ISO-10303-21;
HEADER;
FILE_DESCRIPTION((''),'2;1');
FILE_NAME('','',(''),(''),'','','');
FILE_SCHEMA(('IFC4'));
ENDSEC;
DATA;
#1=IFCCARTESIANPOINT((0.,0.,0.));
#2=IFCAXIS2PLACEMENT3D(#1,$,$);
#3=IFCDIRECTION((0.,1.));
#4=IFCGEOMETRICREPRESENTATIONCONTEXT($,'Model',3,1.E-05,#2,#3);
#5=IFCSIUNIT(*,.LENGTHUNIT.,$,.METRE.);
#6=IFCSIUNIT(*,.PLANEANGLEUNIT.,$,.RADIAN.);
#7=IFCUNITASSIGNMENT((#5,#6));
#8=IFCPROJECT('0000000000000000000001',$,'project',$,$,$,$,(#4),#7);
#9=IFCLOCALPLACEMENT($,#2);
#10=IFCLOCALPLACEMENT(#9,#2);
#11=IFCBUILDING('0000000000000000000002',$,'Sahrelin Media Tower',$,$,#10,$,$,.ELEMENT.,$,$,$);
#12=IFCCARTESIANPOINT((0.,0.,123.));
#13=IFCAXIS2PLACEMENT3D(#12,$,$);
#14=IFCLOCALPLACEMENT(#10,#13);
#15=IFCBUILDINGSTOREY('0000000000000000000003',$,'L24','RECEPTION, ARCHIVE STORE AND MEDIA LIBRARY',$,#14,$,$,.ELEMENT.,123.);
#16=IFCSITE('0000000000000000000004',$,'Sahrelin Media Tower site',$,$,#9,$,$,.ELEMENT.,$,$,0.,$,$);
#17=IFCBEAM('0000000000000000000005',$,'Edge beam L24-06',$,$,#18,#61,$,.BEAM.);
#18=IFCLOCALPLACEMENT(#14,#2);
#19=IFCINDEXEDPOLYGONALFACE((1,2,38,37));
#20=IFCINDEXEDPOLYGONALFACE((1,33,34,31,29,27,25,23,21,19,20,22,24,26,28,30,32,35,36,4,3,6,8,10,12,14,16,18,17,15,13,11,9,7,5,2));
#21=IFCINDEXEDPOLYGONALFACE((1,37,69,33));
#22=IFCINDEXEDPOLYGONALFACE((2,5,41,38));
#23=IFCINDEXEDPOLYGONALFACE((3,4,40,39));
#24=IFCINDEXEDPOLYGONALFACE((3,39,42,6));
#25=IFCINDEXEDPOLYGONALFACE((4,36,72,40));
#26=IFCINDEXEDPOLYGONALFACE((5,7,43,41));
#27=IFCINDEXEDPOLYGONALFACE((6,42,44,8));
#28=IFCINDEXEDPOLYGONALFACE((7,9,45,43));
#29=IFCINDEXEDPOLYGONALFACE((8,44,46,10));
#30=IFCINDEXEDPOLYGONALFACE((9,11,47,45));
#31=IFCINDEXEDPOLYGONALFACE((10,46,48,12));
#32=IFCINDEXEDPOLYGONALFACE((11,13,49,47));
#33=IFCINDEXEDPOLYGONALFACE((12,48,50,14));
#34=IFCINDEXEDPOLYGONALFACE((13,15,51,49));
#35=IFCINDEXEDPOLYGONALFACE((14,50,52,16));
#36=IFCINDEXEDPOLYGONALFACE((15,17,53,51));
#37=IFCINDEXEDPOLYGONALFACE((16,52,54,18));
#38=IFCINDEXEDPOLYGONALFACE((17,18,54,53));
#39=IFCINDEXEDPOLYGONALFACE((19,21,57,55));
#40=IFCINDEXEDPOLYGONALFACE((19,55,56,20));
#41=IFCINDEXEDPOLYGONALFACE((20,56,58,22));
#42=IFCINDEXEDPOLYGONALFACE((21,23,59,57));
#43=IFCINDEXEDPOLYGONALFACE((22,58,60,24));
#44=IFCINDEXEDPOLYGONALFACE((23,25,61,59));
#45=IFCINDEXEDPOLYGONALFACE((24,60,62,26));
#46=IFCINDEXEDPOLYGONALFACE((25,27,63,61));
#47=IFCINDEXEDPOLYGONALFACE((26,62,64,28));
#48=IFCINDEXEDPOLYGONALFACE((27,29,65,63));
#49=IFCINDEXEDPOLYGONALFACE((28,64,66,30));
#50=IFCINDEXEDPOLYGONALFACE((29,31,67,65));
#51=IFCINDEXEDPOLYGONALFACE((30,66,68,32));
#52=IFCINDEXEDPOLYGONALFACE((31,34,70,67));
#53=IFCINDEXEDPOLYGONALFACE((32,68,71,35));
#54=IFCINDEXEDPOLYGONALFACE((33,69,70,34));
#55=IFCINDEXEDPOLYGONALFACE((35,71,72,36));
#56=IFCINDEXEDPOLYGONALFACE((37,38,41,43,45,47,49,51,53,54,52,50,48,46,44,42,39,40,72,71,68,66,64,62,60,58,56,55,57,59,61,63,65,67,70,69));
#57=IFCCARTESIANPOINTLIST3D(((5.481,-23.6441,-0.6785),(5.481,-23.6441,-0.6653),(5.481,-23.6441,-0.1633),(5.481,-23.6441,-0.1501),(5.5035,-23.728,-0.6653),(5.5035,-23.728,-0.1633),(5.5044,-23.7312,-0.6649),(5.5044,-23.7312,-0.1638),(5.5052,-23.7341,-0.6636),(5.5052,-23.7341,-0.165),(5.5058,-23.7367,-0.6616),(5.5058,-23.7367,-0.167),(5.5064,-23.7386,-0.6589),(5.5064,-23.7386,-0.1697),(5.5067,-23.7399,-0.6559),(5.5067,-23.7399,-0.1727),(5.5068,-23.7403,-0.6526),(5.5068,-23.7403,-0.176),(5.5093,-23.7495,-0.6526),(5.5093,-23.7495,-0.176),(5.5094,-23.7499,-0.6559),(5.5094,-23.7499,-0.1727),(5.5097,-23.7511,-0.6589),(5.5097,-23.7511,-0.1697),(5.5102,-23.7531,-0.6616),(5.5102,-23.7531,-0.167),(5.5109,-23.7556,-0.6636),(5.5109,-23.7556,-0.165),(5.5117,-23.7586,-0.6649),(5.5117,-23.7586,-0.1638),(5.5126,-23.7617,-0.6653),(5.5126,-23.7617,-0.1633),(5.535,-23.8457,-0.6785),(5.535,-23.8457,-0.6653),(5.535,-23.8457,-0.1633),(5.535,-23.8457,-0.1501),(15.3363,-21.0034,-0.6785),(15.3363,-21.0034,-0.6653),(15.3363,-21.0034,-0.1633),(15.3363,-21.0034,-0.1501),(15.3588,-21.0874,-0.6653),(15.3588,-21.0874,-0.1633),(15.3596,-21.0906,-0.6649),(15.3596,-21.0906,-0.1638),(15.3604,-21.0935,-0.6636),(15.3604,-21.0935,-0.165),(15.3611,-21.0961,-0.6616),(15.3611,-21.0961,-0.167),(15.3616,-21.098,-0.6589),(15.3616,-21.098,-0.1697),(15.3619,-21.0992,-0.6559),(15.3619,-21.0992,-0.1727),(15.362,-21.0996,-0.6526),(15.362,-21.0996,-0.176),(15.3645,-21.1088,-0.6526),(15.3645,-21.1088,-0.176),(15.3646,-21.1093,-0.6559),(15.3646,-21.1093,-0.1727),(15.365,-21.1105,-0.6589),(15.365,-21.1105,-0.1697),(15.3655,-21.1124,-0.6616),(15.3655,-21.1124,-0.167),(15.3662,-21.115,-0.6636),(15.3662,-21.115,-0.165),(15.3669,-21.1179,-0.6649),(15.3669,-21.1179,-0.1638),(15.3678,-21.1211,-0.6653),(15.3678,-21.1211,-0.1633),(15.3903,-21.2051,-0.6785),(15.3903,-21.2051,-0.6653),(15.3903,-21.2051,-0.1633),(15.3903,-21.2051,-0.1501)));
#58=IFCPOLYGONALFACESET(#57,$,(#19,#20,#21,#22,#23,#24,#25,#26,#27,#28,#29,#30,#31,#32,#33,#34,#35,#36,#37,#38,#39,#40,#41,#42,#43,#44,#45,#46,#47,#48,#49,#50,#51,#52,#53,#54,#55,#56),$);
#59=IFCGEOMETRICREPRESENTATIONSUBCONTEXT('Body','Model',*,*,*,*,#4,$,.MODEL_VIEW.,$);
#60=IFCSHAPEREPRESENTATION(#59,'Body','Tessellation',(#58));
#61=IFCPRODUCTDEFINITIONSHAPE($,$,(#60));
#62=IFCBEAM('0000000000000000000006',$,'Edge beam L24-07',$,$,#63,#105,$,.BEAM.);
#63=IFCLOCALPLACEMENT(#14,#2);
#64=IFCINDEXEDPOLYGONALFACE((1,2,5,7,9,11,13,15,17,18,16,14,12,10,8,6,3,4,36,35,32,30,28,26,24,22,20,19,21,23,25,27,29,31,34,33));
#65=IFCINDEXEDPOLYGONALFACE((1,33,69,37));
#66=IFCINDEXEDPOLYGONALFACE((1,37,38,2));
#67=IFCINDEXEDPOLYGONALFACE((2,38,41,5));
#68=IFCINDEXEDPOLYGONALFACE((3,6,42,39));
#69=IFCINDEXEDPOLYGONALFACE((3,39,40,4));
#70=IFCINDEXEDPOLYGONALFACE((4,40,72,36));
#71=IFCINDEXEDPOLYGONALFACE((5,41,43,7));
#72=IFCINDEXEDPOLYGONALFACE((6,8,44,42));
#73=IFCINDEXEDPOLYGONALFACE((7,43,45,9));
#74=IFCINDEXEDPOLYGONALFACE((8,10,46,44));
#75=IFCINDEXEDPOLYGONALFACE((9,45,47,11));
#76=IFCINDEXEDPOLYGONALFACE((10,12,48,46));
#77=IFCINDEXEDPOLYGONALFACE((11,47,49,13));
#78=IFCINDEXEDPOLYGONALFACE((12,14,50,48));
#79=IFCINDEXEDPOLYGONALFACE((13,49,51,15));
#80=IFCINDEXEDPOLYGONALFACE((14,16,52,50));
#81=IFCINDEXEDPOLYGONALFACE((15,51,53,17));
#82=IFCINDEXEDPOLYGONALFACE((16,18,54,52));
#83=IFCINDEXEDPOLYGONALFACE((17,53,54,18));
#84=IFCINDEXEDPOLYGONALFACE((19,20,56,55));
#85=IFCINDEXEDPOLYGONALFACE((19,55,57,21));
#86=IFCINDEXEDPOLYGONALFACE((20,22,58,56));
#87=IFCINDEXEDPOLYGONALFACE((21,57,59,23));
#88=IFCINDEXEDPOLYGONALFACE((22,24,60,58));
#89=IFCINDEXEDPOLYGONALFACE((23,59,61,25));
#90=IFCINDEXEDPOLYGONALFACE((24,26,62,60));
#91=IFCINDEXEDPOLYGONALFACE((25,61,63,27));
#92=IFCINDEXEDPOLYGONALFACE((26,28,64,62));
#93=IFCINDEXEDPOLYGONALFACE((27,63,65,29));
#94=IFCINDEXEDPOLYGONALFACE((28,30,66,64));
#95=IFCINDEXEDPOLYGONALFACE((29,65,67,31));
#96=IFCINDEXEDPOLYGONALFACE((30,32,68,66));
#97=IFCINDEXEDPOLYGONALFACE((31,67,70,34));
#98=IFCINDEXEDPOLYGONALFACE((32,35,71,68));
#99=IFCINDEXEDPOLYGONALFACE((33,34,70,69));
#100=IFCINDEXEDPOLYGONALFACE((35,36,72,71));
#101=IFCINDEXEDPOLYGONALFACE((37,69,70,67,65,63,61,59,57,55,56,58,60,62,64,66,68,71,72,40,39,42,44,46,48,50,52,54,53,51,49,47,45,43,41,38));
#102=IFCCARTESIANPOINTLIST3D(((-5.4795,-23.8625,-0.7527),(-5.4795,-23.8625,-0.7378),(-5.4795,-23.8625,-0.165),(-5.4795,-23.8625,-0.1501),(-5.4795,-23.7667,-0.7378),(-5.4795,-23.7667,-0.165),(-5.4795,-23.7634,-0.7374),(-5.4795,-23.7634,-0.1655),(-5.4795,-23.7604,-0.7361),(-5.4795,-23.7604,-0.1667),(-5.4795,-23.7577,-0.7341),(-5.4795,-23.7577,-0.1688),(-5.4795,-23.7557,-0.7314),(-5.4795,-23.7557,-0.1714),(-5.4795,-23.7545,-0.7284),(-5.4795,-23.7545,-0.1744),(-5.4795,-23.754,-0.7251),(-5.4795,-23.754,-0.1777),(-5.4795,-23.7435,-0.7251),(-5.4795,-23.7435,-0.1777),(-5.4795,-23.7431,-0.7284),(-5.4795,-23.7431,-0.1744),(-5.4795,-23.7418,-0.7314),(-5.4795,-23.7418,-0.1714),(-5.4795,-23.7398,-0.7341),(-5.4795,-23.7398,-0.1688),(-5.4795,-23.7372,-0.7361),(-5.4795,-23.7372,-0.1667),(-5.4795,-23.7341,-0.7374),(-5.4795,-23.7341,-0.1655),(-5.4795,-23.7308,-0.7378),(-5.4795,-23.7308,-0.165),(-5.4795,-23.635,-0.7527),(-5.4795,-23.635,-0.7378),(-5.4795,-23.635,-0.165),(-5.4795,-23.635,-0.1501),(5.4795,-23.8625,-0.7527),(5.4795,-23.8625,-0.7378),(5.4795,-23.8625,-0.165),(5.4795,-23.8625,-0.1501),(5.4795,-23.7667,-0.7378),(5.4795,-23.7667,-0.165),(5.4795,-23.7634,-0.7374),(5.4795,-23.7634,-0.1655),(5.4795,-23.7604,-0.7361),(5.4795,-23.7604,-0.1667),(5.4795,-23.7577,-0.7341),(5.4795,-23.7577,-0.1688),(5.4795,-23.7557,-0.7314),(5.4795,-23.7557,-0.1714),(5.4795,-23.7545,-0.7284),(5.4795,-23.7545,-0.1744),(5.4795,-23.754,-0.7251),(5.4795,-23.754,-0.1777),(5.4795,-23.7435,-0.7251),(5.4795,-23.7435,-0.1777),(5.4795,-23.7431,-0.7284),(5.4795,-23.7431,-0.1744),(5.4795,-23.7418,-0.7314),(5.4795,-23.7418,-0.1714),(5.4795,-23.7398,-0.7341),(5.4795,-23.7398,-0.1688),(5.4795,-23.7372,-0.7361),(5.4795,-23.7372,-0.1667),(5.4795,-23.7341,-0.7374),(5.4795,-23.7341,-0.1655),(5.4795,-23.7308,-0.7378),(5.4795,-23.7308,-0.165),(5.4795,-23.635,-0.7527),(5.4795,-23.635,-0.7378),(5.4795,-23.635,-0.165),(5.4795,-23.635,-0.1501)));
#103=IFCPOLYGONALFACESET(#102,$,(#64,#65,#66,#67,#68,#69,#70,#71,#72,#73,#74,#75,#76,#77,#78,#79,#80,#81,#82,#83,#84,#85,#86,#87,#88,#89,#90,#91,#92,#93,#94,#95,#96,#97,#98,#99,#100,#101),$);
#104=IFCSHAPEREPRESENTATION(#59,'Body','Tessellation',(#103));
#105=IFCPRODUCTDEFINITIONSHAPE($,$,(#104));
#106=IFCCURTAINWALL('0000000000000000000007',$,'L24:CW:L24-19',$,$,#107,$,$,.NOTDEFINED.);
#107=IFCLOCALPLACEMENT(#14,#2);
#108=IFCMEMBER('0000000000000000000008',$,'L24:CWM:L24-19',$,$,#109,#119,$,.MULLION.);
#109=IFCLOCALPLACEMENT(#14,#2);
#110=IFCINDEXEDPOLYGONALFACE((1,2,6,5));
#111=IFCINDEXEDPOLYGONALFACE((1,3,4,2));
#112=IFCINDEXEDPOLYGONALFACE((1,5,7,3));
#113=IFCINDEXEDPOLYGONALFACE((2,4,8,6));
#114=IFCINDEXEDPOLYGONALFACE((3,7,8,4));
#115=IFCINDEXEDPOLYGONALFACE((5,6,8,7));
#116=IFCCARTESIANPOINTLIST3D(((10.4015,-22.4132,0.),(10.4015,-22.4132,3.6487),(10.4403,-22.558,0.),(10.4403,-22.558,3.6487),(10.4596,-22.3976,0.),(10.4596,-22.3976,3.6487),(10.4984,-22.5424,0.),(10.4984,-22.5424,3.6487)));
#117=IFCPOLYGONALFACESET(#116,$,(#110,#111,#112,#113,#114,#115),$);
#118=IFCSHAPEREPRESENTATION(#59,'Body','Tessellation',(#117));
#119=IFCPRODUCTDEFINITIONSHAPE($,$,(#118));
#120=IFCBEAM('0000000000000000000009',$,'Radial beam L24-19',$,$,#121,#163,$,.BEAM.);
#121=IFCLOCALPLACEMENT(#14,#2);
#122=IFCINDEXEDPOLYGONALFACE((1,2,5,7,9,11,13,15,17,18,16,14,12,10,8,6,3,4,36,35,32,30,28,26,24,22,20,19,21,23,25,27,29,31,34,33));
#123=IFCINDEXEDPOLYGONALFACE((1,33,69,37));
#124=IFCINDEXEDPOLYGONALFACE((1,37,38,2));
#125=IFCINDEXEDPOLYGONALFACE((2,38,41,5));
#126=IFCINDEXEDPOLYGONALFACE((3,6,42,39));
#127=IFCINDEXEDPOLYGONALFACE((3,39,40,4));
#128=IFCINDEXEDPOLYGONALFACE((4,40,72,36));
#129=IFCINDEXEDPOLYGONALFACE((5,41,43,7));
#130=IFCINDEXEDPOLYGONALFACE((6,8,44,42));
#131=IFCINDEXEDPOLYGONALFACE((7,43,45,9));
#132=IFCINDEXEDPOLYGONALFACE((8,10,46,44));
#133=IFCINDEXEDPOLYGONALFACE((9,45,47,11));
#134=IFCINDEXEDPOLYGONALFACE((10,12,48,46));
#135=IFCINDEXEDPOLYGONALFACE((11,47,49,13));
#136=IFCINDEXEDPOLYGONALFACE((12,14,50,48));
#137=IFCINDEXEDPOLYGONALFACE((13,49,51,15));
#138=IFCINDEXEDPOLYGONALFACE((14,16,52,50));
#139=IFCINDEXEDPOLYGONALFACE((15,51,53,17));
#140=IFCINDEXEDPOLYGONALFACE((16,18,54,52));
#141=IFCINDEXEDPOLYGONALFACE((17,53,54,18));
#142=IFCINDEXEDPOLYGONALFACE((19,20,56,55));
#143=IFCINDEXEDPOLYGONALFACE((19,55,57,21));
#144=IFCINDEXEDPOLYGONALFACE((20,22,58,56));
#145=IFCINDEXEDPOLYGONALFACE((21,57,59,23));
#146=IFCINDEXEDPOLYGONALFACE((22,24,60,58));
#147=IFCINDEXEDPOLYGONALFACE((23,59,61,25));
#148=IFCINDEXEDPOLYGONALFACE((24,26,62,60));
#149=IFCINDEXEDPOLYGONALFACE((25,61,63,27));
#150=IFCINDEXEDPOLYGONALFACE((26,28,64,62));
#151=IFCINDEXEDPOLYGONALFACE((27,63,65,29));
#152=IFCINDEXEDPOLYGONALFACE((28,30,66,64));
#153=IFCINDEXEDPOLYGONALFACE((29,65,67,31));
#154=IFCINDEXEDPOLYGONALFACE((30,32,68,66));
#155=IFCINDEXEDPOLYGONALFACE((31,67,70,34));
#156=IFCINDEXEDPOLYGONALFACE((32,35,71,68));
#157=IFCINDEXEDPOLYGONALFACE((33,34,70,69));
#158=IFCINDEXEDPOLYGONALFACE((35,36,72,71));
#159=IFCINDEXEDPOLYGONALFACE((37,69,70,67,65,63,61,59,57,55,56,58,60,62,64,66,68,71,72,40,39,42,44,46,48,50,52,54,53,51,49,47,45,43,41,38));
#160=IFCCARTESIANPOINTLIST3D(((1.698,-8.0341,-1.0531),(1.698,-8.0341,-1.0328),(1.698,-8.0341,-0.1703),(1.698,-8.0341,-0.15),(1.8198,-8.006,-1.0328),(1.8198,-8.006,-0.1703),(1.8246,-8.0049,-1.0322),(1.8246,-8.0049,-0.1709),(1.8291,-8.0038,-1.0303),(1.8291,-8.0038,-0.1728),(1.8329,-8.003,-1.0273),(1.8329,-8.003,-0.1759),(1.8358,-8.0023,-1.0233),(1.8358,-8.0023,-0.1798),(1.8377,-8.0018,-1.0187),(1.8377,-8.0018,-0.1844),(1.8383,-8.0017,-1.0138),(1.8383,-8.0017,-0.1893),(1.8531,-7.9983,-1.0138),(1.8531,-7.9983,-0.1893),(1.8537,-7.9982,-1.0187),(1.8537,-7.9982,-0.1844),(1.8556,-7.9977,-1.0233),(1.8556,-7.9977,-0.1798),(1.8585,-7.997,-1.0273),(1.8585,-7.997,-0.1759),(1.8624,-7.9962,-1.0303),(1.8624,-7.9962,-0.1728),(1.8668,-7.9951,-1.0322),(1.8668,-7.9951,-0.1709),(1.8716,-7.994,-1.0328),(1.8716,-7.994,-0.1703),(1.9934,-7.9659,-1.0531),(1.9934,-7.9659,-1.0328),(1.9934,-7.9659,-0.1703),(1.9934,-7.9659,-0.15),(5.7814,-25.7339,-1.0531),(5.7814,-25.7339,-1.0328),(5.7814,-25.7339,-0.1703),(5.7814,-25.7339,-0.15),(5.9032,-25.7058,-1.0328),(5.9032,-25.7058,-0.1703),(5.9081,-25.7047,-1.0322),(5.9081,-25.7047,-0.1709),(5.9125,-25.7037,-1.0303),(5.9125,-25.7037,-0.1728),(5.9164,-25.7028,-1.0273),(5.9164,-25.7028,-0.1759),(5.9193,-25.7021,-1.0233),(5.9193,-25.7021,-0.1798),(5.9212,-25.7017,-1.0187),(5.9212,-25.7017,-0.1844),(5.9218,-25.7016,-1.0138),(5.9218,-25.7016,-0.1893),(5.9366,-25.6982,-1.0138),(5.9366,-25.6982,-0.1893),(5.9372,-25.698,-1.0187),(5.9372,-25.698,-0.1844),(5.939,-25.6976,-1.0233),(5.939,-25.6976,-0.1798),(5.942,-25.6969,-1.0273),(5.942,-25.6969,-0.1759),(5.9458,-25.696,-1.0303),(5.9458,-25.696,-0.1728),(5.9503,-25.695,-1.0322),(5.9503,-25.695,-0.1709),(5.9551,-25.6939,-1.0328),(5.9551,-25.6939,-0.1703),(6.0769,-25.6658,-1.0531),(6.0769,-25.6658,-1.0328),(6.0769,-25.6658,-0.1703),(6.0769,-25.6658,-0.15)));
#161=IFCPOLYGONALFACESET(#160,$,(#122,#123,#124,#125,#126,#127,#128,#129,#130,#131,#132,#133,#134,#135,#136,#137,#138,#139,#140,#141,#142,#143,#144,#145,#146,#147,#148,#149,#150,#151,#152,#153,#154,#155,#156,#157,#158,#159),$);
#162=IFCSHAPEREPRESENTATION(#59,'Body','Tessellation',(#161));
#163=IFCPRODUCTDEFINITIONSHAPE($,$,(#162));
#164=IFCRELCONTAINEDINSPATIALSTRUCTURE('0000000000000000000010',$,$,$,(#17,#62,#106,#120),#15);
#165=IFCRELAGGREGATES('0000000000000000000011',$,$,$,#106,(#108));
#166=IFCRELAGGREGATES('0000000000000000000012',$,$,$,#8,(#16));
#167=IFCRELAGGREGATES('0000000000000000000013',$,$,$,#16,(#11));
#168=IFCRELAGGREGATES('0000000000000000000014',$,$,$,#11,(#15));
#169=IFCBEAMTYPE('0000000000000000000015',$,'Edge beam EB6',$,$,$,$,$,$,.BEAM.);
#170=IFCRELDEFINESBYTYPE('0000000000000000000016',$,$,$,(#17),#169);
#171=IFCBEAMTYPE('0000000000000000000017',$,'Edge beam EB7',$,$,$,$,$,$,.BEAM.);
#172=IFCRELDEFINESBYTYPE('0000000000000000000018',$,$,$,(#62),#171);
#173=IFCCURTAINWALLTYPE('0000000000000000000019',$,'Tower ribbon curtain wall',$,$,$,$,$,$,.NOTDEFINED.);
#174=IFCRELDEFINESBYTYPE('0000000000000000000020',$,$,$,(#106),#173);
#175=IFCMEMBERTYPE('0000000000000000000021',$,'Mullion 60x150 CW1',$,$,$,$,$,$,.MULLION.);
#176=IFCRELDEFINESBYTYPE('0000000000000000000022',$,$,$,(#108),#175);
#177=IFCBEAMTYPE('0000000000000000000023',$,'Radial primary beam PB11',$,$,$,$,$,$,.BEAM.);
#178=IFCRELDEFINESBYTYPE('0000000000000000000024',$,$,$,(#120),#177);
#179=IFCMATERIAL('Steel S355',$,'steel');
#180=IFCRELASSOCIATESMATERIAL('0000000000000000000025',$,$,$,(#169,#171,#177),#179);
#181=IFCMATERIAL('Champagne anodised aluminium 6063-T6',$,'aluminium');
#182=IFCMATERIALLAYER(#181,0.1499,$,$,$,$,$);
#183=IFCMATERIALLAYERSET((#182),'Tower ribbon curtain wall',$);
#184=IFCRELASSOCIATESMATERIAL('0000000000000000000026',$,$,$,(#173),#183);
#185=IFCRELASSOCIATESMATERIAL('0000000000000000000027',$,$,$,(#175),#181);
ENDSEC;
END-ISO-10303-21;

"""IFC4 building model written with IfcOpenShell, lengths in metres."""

from ifc_helpers import new_model, si_unit, direction, frame, origin, origin_2d, place, context, subcontext, project, spatial, rectangle, i_section, extrude, material, layer, layer_set, material_profile, profile_set, type_object, element, aggregate, save


model = new_model("IFC4")

# Units and contexts
model_context = context("Model", 3, precision=1e-05, world=origin(), true_north=direction((0.0, 1.0)))
body_context = subcontext(model_context, "Body", "Model", "MODEL_VIEW")
ifc_project = project(units=[si_unit("LENGTHUNIT", "METRE"), si_unit("PLANEANGLEUNIT", "RADIAN")], contexts=[model_context])

# Site, building, storey
site_placement = place(None, origin())
site = spatial("IfcSite", under=ifc_project, at=site_placement, Name="Sahrelin Media Tower site", CompositionType="ELEMENT", RefElevation=0.0)
building_placement = place(site_placement, origin())
building = spatial("IfcBuilding", under=site, at=building_placement, Name="Sahrelin Media Tower", CompositionType="ELEMENT")
storey_placement = place(building_placement, frame((0.0, 0.0, 123.0)))
storey = spatial("IfcBuildingStorey", under=building, at=storey_placement, Name="L24", Description="RECEPTION, ARCHIVE STORE AND MEDIA LIBRARY", CompositionType="ELEMENT", Elevation=123.0)

# Beams
ifc_material_1 = material(Name="Steel S355", Category="steel")
ifc_material_profile_1 = material_profile(ifc_material_1, i_section(OverallWidth=0.2087, OverallDepth=0.5283, WebThickness=0.0095, FlangeThickness=0.0132, FilletRadius=0.0127, at=origin_2d()), Name="UB 533x210x82")
ifc_profile_set_1 = profile_set([ifc_material_profile_1], Name="Steel S355")
beam_type_1 = type_object("IfcBeamType", Name="Edge beam EB6", PredefinedType="BEAM", material=ifc_profile_set_1)
beam_1_placement = place(storey_placement, frame((15.3633, -21.1042, -0.4143), z_axis=(-0.965928, -0.258812, 0.0), x_axis=(0.258812, -0.965928, 0.0)))
element("IfcBeam", 1, at=beam_1_placement, inside=storey, type_object=beam_type_1, Name="Edge beam L24-06", PredefinedType="BEAM", context=body_context, shape_type="SweptSolid", body=[
    extrude(i_section(OverallWidth=0.2087, OverallDepth=0.5283, WebThickness=0.0095, FlangeThickness=0.0132, FilletRadius=0.0127, at=origin_2d()), origin(), (0.0, 0.0, 1.0), 10.2029),
])
ifc_material_profile_2 = material_profile(ifc_material_1, i_section(OverallWidth=0.2275, OverallDepth=0.6025, WebThickness=0.0105, FlangeThickness=0.0149, FilletRadius=0.0127, at=origin_2d()), Name="UB 610x229x101")
ifc_profile_set_2 = profile_set([ifc_material_profile_2], Name="Steel S355")
beam_type_2 = type_object("IfcBeamType", Name="Edge beam EB7", PredefinedType="BEAM", material=ifc_profile_set_2)
beam_2_placement = place(storey_placement, frame((5.4795, -23.7488, -0.4514), z_axis=(-1.0, 0.0, 0.0), x_axis=(0.0, -1.0, 0.0)))
element("IfcBeam", 2, at=beam_2_placement, inside=storey, type_object=beam_type_2, Name="Edge beam L24-07", PredefinedType="BEAM", context=body_context, shape_type="SweptSolid", body=[
    extrude(i_section(OverallWidth=0.2275, OverallDepth=0.6025, WebThickness=0.0105, FlangeThickness=0.0149, FilletRadius=0.0127, at=origin_2d()), origin(), (0.0, 0.0, 1.0), 10.959),
])

# Curtain wall, member
ifc_material_2 = material(Name="Champagne anodised aluminium 6063-T6", Category="aluminium")
ifc_layer_1 = layer(ifc_material_2, 0.1499)
ifc_layer_set_1 = layer_set([ifc_layer_1], Name="Tower ribbon curtain wall")
curtain_wall_type = type_object("IfcCurtainWallType", Name="Tower ribbon curtain wall", PredefinedType="NOTDEFINED", material=ifc_layer_set_1)
curtain_wall_1_placement = place(storey_placement, frame((10.4744, -22.5696, 0.0), z_axis=(0.0, 0.0, 1.0), x_axis=(1.0, 0.0, 0.0)))
curtain_wall_1 = element("IfcCurtainWall", 3, at=curtain_wall_1_placement, inside=storey, type_object=curtain_wall_type, Name="L24:CW:L24-19", PredefinedType="NOTDEFINED")
ifc_material_profile_3 = material_profile(ifc_material_2, rectangle(XDim=0.0601, YDim=0.1499, at=origin_2d()), Name="Mullion 60x150")
ifc_profile_set_3 = profile_set([ifc_material_profile_3], Name="Champagne anodised aluminium 6063-T6")
member_type_1 = type_object("IfcMemberType", Name="Mullion 60x150 CW1", PredefinedType="MULLION", material=ifc_profile_set_3)
member_1_placement = place(storey_placement, frame((10.45, -22.4778, 0.0), z_axis=(0.0, 0.0, 1.0), x_axis=(0.965927, 0.258814, 0.0)))
member_1 = element("IfcMember", 4, at=member_1_placement, type_object=member_type_1, Name="L24:CWM:L24-19", PredefinedType="MULLION", context=body_context, shape_type="SweptSolid", body=[
    extrude(rectangle(XDim=0.0601, YDim=0.1499, at=origin_2d()), origin(), (0.0, 0.0, 1.0), 3.6487),
])

# Beam
ifc_material_profile_4 = material_profile(ifc_material_1, i_section(OverallWidth=0.3032, OverallDepth=0.9031, WebThickness=0.0151, FlangeThickness=0.0203, FilletRadius=0.019, at=origin_2d()), Name="UB 914x305x201")
ifc_profile_set_4 = profile_set([ifc_material_profile_4], Name="Steel S355")
beam_type_3 = type_object("IfcBeamType", Name="Radial primary beam PB11", PredefinedType="BEAM", material=ifc_profile_set_4)
beam_3_placement = place(storey_placement, frame((1.8457, -8.0, -0.6016), z_axis=(0.224802, -0.974405, 0.0), x_axis=(0.974405, 0.224802, 0.0)))
element("IfcBeam", 5, at=beam_3_placement, inside=storey, type_object=beam_type_3, Name="Radial beam L24-19", PredefinedType="BEAM", context=body_context, shape_type="SweptSolid", body=[
    extrude(i_section(OverallWidth=0.3032, OverallDepth=0.9031, WebThickness=0.0151, FlangeThickness=0.0203, FilletRadius=0.019, at=origin_2d()), origin(), (0.0, 0.0, 1.0), 18.1648),
])

aggregate(curtain_wall_1, [member_1])

save(model, "model.ifc")
